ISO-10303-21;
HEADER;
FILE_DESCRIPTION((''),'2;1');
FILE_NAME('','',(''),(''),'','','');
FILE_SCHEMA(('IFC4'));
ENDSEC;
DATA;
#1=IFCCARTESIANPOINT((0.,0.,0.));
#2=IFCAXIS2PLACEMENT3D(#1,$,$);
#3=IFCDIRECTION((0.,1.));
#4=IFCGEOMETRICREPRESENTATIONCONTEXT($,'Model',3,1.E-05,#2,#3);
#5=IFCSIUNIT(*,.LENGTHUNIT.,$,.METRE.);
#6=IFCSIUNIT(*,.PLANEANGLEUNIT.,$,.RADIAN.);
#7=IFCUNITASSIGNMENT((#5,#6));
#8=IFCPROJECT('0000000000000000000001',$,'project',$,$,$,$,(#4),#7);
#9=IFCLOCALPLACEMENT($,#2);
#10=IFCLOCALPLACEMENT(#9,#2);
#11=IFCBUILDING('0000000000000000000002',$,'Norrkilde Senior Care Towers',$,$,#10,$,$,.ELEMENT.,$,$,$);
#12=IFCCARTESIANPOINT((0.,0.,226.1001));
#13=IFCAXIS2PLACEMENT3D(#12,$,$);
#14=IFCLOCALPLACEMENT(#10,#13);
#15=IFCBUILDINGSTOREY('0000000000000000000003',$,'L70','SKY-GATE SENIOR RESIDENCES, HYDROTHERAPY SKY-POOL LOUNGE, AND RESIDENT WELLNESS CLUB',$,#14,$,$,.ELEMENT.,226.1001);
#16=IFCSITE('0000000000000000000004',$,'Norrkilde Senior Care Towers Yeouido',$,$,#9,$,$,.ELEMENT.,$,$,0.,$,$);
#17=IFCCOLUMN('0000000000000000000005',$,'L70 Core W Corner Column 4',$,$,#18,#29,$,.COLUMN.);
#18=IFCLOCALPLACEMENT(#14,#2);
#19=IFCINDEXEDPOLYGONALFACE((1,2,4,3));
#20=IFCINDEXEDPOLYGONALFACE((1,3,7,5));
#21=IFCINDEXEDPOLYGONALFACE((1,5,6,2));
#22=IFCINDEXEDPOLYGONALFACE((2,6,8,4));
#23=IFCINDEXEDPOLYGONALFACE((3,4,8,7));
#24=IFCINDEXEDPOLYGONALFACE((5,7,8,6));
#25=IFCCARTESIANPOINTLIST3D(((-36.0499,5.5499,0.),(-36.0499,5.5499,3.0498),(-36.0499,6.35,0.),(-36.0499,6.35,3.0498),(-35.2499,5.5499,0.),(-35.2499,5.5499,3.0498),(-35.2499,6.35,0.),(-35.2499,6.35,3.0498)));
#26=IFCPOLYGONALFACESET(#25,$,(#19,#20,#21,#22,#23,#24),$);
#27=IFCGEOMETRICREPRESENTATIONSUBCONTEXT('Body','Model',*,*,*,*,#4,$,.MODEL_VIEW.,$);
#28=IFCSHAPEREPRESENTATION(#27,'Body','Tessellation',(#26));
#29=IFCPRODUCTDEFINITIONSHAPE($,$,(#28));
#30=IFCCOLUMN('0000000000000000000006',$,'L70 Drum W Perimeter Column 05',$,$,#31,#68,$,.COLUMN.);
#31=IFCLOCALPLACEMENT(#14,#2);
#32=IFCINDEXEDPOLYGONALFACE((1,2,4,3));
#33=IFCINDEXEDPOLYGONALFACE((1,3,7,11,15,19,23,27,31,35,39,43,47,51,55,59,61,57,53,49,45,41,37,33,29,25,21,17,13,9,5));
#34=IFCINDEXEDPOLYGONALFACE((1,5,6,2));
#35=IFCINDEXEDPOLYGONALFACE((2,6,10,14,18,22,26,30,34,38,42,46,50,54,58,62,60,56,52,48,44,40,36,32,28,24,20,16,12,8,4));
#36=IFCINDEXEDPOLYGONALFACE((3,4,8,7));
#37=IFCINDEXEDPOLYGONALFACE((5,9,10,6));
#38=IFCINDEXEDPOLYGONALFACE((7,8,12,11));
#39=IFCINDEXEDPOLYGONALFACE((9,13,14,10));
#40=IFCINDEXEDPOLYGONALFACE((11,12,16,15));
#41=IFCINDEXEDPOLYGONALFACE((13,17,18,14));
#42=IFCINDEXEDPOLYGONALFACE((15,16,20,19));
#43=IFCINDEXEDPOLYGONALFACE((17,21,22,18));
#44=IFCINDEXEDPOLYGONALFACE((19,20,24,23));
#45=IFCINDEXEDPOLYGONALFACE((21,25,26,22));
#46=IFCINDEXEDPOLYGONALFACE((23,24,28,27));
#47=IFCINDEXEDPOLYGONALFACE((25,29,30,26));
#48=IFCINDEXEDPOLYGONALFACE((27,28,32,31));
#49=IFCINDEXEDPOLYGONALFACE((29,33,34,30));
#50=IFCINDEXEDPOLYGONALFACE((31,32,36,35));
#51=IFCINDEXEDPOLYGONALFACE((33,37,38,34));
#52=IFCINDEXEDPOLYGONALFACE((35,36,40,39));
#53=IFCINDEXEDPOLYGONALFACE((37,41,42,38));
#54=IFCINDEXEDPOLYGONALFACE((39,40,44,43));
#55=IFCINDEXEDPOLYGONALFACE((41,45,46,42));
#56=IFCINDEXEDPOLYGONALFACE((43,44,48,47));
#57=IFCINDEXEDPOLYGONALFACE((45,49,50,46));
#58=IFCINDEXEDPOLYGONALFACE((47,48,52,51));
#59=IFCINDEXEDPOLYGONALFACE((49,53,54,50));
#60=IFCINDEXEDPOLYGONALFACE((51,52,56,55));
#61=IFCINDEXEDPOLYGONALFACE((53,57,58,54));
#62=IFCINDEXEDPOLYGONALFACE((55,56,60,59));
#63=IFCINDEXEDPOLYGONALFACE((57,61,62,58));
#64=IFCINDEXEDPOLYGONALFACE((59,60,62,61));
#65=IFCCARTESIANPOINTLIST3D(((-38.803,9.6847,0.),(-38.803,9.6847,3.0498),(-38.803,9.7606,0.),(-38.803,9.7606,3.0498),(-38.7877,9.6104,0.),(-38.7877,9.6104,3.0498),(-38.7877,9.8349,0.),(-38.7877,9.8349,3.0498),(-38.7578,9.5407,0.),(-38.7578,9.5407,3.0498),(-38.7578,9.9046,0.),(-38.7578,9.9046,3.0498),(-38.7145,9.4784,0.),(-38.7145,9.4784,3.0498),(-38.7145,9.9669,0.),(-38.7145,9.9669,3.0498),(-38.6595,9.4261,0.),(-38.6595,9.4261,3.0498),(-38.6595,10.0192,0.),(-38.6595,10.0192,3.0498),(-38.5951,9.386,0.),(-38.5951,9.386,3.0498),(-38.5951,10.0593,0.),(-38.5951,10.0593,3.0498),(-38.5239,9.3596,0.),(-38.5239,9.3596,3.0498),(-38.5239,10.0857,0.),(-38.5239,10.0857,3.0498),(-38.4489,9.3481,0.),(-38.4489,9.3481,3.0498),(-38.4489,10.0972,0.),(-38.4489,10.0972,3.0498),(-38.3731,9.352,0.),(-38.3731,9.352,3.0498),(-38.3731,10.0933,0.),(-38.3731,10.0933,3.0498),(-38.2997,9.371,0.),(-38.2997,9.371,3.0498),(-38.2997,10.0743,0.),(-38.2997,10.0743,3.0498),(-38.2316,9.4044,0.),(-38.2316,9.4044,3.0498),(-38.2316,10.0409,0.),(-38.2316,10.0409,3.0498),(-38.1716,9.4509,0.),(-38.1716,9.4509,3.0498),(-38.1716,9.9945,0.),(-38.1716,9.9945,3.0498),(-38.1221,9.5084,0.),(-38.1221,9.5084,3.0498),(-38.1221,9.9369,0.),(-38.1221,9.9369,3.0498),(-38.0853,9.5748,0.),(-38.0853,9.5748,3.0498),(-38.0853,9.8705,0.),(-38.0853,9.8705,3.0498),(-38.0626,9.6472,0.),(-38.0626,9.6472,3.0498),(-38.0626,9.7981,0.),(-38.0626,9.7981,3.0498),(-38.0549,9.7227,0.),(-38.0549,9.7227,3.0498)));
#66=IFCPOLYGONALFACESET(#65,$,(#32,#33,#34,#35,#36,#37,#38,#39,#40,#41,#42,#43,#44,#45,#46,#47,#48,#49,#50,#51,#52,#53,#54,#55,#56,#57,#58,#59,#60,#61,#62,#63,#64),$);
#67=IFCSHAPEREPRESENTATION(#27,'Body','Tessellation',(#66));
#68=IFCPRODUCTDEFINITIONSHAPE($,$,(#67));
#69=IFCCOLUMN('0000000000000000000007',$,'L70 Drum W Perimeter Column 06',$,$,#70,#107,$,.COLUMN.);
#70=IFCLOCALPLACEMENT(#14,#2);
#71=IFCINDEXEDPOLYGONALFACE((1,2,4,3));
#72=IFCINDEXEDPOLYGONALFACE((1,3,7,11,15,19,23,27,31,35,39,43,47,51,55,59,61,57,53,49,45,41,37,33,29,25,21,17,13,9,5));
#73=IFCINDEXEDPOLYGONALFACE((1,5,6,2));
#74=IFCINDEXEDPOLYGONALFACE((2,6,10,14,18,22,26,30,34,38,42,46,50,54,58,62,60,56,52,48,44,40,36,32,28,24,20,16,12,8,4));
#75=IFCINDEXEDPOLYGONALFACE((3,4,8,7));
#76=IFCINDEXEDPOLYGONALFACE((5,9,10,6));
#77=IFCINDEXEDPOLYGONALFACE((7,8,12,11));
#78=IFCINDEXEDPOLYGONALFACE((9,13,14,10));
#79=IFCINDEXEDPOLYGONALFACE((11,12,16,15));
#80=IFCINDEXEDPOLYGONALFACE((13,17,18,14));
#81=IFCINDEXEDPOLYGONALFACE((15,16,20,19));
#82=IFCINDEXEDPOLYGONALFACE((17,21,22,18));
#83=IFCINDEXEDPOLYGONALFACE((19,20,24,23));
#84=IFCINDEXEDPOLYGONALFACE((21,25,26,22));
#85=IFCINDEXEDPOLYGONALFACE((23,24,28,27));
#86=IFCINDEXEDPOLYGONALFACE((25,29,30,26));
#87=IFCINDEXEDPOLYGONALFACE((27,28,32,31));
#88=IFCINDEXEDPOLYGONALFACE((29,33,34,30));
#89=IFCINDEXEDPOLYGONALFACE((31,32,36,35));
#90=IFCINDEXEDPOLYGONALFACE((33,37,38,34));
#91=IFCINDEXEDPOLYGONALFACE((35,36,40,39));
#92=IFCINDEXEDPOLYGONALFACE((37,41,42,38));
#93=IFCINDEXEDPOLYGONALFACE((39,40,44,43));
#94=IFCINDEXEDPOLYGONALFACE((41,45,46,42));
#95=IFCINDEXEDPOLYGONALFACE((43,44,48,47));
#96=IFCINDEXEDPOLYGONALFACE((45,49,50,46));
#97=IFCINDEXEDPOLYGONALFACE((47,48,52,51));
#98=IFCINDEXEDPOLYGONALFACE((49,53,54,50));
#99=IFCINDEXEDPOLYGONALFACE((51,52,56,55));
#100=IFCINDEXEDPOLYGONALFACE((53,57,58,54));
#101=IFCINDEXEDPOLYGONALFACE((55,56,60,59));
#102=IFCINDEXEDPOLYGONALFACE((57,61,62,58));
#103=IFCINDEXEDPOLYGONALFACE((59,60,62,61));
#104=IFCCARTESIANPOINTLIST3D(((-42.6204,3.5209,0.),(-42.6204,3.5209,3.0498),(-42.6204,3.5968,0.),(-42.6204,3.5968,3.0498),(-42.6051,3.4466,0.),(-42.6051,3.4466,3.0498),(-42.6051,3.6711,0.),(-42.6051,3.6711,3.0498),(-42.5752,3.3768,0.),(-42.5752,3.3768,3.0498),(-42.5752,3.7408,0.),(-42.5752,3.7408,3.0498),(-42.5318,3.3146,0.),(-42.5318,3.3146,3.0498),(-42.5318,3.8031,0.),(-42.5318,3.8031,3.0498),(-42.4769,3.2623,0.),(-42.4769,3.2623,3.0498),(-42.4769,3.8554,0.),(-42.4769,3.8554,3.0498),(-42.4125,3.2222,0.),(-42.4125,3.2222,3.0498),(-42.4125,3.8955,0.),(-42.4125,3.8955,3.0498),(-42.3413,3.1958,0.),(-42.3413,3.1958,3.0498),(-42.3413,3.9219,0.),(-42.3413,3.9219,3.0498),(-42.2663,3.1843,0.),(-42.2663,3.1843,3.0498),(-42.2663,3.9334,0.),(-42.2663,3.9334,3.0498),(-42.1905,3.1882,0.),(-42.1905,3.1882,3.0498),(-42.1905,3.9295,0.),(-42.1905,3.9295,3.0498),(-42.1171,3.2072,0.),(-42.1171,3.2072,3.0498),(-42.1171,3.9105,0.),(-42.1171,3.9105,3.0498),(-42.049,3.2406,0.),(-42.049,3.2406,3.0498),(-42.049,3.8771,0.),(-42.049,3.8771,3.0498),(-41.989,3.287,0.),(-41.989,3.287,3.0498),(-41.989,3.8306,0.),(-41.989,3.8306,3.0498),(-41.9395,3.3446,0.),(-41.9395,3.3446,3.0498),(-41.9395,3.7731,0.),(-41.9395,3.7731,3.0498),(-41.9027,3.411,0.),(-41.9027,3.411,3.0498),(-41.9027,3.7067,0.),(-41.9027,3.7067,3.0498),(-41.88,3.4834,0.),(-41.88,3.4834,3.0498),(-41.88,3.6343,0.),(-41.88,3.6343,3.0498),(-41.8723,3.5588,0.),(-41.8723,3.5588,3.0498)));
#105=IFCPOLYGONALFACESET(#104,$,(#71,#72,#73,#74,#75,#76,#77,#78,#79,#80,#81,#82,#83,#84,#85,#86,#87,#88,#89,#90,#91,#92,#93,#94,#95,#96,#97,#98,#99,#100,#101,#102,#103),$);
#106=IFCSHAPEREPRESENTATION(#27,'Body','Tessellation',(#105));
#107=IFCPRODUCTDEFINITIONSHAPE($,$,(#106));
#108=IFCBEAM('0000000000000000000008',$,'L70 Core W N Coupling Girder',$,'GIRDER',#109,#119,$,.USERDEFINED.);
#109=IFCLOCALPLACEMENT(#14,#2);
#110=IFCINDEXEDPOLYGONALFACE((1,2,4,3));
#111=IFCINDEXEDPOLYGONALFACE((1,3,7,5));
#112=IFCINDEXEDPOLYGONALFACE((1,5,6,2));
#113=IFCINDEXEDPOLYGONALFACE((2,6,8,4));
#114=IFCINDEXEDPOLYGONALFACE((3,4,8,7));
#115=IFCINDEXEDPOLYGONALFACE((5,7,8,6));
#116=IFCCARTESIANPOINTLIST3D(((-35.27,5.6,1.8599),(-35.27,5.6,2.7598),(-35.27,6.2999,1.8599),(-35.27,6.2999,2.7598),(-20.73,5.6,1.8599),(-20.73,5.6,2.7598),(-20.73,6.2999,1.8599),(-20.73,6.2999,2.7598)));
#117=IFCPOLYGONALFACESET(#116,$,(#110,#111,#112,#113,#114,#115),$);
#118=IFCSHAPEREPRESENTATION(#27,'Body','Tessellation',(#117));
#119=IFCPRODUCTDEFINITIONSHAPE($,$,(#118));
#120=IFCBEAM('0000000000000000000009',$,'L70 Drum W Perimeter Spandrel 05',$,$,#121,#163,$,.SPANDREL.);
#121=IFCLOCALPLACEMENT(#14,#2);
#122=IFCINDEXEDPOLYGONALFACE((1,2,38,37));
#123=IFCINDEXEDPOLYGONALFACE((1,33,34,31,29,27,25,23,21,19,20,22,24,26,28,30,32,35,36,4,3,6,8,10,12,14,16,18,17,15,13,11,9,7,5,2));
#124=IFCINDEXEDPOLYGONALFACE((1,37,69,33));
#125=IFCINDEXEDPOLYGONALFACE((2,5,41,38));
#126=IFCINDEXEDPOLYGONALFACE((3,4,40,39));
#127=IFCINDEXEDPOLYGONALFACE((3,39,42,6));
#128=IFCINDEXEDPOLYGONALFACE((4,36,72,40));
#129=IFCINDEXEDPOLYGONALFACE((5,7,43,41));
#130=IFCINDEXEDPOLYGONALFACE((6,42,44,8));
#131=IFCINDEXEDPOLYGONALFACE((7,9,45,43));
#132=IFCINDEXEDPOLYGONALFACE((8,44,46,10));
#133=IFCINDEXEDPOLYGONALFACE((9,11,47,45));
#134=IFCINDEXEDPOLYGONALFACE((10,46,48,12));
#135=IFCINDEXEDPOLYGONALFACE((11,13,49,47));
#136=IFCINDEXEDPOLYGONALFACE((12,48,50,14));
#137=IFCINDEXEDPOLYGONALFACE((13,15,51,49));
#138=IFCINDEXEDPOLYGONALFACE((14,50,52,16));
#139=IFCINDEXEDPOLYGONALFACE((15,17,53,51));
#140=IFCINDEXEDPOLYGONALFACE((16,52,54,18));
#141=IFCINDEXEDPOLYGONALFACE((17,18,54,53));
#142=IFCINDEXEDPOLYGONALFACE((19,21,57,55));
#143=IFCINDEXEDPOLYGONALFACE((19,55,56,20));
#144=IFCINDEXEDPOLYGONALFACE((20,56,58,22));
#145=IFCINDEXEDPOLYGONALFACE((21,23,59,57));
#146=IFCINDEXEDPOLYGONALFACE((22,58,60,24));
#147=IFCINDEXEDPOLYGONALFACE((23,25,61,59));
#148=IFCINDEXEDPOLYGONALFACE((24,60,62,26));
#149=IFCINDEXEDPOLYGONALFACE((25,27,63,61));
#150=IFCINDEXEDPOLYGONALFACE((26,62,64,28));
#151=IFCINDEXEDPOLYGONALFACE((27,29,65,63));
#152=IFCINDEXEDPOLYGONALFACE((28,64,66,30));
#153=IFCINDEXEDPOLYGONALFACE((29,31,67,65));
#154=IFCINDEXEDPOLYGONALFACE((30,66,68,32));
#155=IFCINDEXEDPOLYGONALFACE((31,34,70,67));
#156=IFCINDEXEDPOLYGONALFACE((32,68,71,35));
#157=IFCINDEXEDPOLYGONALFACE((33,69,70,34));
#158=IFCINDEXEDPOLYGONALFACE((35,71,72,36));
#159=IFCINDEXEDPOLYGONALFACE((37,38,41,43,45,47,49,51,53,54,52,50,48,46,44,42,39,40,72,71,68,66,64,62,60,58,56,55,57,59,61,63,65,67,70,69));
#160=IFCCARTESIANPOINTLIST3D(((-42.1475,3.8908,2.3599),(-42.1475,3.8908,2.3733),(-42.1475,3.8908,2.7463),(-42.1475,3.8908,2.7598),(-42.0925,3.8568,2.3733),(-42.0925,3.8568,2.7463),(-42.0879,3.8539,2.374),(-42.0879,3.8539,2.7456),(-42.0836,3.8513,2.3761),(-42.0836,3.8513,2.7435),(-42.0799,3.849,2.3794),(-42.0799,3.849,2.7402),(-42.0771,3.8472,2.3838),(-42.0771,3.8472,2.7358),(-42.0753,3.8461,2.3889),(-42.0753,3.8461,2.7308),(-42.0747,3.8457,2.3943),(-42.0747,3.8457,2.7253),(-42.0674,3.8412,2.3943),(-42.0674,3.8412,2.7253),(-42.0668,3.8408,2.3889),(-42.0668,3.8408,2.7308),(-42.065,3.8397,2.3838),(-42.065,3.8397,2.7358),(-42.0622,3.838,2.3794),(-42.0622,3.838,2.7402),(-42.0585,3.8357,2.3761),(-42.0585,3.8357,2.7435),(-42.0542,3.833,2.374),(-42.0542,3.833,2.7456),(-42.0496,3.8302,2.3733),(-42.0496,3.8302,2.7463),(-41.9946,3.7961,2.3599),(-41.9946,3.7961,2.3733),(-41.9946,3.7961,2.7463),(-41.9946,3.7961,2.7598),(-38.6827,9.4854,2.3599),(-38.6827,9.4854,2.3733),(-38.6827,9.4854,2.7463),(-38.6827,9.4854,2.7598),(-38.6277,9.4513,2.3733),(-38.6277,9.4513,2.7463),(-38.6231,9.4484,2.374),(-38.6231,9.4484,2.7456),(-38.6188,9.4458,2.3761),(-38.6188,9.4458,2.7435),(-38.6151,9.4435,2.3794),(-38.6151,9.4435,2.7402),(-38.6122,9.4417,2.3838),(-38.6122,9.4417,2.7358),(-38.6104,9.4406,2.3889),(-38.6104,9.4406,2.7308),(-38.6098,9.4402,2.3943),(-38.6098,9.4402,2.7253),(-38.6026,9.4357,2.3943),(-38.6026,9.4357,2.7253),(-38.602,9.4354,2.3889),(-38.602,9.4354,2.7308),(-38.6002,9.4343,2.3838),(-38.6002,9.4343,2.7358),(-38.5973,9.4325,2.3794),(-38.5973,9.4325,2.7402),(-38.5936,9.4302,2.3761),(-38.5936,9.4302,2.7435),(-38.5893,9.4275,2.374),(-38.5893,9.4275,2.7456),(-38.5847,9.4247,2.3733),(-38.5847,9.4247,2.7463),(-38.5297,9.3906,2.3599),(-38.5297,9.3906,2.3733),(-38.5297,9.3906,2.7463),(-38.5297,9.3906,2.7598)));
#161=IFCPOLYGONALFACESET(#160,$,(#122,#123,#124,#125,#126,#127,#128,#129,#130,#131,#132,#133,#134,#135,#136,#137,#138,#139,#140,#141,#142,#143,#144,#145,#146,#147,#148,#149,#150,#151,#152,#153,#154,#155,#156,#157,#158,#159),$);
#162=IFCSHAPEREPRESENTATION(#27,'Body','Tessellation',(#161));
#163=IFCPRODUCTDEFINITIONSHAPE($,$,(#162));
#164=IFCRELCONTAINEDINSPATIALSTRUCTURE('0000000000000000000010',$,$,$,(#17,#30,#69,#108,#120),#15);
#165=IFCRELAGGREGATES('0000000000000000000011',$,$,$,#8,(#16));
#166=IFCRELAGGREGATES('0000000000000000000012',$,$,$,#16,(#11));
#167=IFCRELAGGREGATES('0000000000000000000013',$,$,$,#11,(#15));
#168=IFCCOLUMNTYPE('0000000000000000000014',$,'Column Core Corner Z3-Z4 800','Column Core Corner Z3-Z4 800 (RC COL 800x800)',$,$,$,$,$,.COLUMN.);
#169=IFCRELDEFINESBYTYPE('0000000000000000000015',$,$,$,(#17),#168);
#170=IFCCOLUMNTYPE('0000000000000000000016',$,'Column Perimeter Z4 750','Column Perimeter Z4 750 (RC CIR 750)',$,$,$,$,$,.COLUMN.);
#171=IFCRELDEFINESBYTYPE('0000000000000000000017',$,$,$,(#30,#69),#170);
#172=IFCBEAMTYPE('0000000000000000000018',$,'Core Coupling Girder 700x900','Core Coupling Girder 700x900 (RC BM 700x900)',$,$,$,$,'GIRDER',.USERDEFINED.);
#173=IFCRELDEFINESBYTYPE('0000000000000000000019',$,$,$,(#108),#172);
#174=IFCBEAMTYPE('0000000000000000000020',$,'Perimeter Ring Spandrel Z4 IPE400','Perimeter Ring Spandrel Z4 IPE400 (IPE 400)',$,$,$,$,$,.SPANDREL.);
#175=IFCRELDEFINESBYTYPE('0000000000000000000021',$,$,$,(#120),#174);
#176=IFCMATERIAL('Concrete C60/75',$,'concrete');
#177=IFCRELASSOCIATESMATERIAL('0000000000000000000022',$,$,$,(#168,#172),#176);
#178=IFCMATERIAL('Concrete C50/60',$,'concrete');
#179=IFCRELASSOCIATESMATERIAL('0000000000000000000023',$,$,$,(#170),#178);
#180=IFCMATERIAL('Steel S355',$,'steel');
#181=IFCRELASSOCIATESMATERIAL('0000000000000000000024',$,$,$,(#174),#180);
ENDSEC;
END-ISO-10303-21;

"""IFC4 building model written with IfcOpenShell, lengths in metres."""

from ifc_helpers import new_model, si_unit, direction, frame, origin, origin_2d, place, context, subcontext, project, spatial, rectangle, circle, i_section, extrude, source, transform, mapped, material, material_profile, profile_set, type_object, type_shapes, element, save


model = new_model("IFC4")

# Units and contexts
model_context = context("Model", 3, precision=1e-05, world=origin(), true_north=direction((0.0, 1.0)))
body_context = subcontext(model_context, "Body", "Model", "MODEL_VIEW")
ifc_project = project(units=[si_unit("LENGTHUNIT", "METRE"), si_unit("PLANEANGLEUNIT", "RADIAN")], contexts=[model_context])

# Site, building, storey
site_placement = place(None, origin())
site = spatial("IfcSite", under=ifc_project, at=site_placement, Name="Norrkilde Senior Care Towers Yeouido", CompositionType="ELEMENT", RefElevation=0.0)
building_placement = place(site_placement, origin())
building = spatial("IfcBuilding", under=site, at=building_placement, Name="Norrkilde Senior Care Towers", CompositionType="ELEMENT")
storey_placement = place(building_placement, frame((0.0, 0.0, 226.1001)))
storey = spatial("IfcBuildingStorey", under=building, at=storey_placement, Name="L70", Description="SKY-GATE SENIOR RESIDENCES, HYDROTHERAPY SKY-POOL LOUNGE, AND RESIDENT WELLNESS CLUB", CompositionType="ELEMENT", Elevation=226.1001)

# Columns
ifc_material_1 = material(Name="Concrete C60/75", Category="concrete")
ifc_material_profile_1 = material_profile(ifc_material_1, rectangle(XDim=0.8, YDim=0.8, at=origin_2d()), Name="RC COL 800x800")
ifc_profile_set_1 = profile_set([ifc_material_profile_1], Name="Concrete C60/75")
column_type_1 = type_object("IfcColumnType", Name="Column Core Corner Z3-Z4 800", Description="Column Core Corner Z3-Z4 800 (RC COL 800x800)", PredefinedType="COLUMN", material=ifc_profile_set_1)
shared_shape_1 = source(origin(), body_context, "Body", "SweptSolid", [
    extrude(rectangle(XDim=0.8, YDim=0.8, at=origin_2d()), origin(), (0.0, 0.0, 1.0), 3.0498),
])
type_shapes(column_type_1, [shared_shape_1])
column_placement = place(storey_placement, frame((-35.6499, 5.95, 0.0), z_axis=(0.0, 0.0, 1.0), x_axis=(1.0, 0.0, 0.0)))
element("IfcColumn", 1, at=column_placement, inside=storey, type_object=column_type_1, Name="L70 Core W Corner Column 4", PredefinedType="COLUMN", context=body_context, shape_type="MappedRepresentation", body=[
    mapped(shared_shape_1, transform((0.0, 0.0, 0.0), x_axis=(1.0, 0.0, 0.0), y_axis=(0.0, 1.0, 0.0), z_axis=(0.0, 0.0, 1.0), scale=1.0)),
])
ifc_material_2 = material(Name="Concrete C50/60", Category="concrete")
ifc_material_profile_2 = material_profile(ifc_material_2, circle(Radius=0.375, at=origin_2d()), Name="RC CIR 750")
ifc_profile_set_2 = profile_set([ifc_material_profile_2], Name="Concrete C50/60")
column_type_2 = type_object("IfcColumnType", Name="Column Perimeter Z4 750", Description="Column Perimeter Z4 750 (RC CIR 750)", PredefinedType="COLUMN", material=ifc_profile_set_2)
shared_shape_2 = source(origin(), body_context, "Body", "SweptSolid", [
    extrude(circle(Radius=0.375, at=origin_2d()), origin(), (0.0, 0.0, 1.0), 3.0498),
])
type_shapes(column_type_2, [shared_shape_2])
for number, where, z_axis, x_axis, name in (
    (2, (-38.4299, 9.7227, 0.0), (0.0, 0.0, 1.0), (1.0, 0.0, 0.0), "L70 Drum W Perimeter Column 05"),
    (3, (-42.2473, 3.5588, 0.0), (0.0, 0.0, 1.0), (1.0, 0.0, 0.0), "L70 Drum W Perimeter Column 06"),
):
    element("IfcColumn", number, at=place(storey_placement, frame(where, z_axis=z_axis, x_axis=x_axis)), inside=storey, type_object=column_type_2, Name=name, PredefinedType="COLUMN", context=body_context, shape_type="MappedRepresentation", body=[
        mapped(shared_shape_2, transform((0.0, 0.0, 0.0), x_axis=(1.0, 0.0, 0.0), y_axis=(0.0, 1.0, 0.0), z_axis=(0.0, 0.0, 1.0), scale=1.0)),
    ])

# Beams
ifc_material_profile_3 = material_profile(ifc_material_1, rectangle(XDim=0.7, YDim=0.8999, at=origin_2d()), Name="RC BM 700x900")
ifc_profile_set_3 = profile_set([ifc_material_profile_3], Name="Concrete C60/75")
beam_type_1 = type_object("IfcBeamType", Name="Core Coupling Girder 700x900", Description="Core Coupling Girder 700x900 (RC BM 700x900)", ElementType="GIRDER", PredefinedType="USERDEFINED", material=ifc_profile_set_3)
shared_shape_3 = source(origin(), body_context, "Body", "SweptSolid", [
    extrude(rectangle(XDim=0.7, YDim=0.8999, at=origin_2d()), origin(), (0.0, 0.0, 1.0), 14.54),
])
type_shapes(beam_type_1, [shared_shape_3])
beam_1_placement = place(storey_placement, frame((-35.27, 5.95, 2.3098), z_axis=(1.0, 0.0, 0.0), x_axis=(0.0, 1.0, 0.0)))
element("IfcBeam", 4, at=beam_1_placement, inside=storey, type_object=beam_type_1, Name="L70 Core W N Coupling Girder", ObjectType="GIRDER", PredefinedType="USERDEFINED", context=body_context, shape_type="MappedRepresentation", body=[
    mapped(shared_shape_3, transform((0.0, 0.0, 0.0), x_axis=(1.0, 0.0, 0.0), y_axis=(0.0, 1.0, 0.0), z_axis=(0.0, 0.0, 1.0), scale=1.0)),
])
ifc_material_3 = material(Name="Steel S355", Category="steel")
ifc_material_profile_4 = material_profile(ifc_material_3, i_section(OverallWidth=0.1799, OverallDepth=0.3999, WebThickness=0.0085, FlangeThickness=0.0134, FilletRadius=0.021, at=origin_2d()), Name="IPE 400")
ifc_profile_set_4 = profile_set([ifc_material_profile_4], Name="Steel S355")
beam_type_2 = type_object("IfcBeamType", Name="Perimeter Ring Spandrel Z4 IPE400", Description="Perimeter Ring Spandrel Z4 IPE400 (IPE 400)", PredefinedType="SPANDREL", material=ifc_profile_set_4)
shared_shape_4 = source(origin(), body_context, "Body", "SweptSolid", [
    extrude(i_section(OverallWidth=0.1799, OverallDepth=0.3999, WebThickness=0.0085, FlangeThickness=0.0134, FilletRadius=0.021, at=origin_2d()), origin(), (0.0, 0.0, 1.0), 6.5806),
])
beam_2_placement = place(storey_placement, frame((-38.6062, 9.438, 2.5598), z_axis=(-0.52653, -0.850157, 0.0), x_axis=(0.850157, -0.52653, 0.0)))
element("IfcBeam", 5, at=beam_2_placement, inside=storey, type_object=beam_type_2, Name="L70 Drum W Perimeter Spandrel 05", PredefinedType="SPANDREL", context=body_context, shape_type="MappedRepresentation", body=[
    mapped(shared_shape_4, transform((0.0, 0.0, 0.0), x_axis=(1.0, 0.0, 0.0), y_axis=(0.0, 1.0, 0.0), z_axis=(0.0, 0.0, 1.0), scale=1.0)),
])

save(model, "model.ifc")
